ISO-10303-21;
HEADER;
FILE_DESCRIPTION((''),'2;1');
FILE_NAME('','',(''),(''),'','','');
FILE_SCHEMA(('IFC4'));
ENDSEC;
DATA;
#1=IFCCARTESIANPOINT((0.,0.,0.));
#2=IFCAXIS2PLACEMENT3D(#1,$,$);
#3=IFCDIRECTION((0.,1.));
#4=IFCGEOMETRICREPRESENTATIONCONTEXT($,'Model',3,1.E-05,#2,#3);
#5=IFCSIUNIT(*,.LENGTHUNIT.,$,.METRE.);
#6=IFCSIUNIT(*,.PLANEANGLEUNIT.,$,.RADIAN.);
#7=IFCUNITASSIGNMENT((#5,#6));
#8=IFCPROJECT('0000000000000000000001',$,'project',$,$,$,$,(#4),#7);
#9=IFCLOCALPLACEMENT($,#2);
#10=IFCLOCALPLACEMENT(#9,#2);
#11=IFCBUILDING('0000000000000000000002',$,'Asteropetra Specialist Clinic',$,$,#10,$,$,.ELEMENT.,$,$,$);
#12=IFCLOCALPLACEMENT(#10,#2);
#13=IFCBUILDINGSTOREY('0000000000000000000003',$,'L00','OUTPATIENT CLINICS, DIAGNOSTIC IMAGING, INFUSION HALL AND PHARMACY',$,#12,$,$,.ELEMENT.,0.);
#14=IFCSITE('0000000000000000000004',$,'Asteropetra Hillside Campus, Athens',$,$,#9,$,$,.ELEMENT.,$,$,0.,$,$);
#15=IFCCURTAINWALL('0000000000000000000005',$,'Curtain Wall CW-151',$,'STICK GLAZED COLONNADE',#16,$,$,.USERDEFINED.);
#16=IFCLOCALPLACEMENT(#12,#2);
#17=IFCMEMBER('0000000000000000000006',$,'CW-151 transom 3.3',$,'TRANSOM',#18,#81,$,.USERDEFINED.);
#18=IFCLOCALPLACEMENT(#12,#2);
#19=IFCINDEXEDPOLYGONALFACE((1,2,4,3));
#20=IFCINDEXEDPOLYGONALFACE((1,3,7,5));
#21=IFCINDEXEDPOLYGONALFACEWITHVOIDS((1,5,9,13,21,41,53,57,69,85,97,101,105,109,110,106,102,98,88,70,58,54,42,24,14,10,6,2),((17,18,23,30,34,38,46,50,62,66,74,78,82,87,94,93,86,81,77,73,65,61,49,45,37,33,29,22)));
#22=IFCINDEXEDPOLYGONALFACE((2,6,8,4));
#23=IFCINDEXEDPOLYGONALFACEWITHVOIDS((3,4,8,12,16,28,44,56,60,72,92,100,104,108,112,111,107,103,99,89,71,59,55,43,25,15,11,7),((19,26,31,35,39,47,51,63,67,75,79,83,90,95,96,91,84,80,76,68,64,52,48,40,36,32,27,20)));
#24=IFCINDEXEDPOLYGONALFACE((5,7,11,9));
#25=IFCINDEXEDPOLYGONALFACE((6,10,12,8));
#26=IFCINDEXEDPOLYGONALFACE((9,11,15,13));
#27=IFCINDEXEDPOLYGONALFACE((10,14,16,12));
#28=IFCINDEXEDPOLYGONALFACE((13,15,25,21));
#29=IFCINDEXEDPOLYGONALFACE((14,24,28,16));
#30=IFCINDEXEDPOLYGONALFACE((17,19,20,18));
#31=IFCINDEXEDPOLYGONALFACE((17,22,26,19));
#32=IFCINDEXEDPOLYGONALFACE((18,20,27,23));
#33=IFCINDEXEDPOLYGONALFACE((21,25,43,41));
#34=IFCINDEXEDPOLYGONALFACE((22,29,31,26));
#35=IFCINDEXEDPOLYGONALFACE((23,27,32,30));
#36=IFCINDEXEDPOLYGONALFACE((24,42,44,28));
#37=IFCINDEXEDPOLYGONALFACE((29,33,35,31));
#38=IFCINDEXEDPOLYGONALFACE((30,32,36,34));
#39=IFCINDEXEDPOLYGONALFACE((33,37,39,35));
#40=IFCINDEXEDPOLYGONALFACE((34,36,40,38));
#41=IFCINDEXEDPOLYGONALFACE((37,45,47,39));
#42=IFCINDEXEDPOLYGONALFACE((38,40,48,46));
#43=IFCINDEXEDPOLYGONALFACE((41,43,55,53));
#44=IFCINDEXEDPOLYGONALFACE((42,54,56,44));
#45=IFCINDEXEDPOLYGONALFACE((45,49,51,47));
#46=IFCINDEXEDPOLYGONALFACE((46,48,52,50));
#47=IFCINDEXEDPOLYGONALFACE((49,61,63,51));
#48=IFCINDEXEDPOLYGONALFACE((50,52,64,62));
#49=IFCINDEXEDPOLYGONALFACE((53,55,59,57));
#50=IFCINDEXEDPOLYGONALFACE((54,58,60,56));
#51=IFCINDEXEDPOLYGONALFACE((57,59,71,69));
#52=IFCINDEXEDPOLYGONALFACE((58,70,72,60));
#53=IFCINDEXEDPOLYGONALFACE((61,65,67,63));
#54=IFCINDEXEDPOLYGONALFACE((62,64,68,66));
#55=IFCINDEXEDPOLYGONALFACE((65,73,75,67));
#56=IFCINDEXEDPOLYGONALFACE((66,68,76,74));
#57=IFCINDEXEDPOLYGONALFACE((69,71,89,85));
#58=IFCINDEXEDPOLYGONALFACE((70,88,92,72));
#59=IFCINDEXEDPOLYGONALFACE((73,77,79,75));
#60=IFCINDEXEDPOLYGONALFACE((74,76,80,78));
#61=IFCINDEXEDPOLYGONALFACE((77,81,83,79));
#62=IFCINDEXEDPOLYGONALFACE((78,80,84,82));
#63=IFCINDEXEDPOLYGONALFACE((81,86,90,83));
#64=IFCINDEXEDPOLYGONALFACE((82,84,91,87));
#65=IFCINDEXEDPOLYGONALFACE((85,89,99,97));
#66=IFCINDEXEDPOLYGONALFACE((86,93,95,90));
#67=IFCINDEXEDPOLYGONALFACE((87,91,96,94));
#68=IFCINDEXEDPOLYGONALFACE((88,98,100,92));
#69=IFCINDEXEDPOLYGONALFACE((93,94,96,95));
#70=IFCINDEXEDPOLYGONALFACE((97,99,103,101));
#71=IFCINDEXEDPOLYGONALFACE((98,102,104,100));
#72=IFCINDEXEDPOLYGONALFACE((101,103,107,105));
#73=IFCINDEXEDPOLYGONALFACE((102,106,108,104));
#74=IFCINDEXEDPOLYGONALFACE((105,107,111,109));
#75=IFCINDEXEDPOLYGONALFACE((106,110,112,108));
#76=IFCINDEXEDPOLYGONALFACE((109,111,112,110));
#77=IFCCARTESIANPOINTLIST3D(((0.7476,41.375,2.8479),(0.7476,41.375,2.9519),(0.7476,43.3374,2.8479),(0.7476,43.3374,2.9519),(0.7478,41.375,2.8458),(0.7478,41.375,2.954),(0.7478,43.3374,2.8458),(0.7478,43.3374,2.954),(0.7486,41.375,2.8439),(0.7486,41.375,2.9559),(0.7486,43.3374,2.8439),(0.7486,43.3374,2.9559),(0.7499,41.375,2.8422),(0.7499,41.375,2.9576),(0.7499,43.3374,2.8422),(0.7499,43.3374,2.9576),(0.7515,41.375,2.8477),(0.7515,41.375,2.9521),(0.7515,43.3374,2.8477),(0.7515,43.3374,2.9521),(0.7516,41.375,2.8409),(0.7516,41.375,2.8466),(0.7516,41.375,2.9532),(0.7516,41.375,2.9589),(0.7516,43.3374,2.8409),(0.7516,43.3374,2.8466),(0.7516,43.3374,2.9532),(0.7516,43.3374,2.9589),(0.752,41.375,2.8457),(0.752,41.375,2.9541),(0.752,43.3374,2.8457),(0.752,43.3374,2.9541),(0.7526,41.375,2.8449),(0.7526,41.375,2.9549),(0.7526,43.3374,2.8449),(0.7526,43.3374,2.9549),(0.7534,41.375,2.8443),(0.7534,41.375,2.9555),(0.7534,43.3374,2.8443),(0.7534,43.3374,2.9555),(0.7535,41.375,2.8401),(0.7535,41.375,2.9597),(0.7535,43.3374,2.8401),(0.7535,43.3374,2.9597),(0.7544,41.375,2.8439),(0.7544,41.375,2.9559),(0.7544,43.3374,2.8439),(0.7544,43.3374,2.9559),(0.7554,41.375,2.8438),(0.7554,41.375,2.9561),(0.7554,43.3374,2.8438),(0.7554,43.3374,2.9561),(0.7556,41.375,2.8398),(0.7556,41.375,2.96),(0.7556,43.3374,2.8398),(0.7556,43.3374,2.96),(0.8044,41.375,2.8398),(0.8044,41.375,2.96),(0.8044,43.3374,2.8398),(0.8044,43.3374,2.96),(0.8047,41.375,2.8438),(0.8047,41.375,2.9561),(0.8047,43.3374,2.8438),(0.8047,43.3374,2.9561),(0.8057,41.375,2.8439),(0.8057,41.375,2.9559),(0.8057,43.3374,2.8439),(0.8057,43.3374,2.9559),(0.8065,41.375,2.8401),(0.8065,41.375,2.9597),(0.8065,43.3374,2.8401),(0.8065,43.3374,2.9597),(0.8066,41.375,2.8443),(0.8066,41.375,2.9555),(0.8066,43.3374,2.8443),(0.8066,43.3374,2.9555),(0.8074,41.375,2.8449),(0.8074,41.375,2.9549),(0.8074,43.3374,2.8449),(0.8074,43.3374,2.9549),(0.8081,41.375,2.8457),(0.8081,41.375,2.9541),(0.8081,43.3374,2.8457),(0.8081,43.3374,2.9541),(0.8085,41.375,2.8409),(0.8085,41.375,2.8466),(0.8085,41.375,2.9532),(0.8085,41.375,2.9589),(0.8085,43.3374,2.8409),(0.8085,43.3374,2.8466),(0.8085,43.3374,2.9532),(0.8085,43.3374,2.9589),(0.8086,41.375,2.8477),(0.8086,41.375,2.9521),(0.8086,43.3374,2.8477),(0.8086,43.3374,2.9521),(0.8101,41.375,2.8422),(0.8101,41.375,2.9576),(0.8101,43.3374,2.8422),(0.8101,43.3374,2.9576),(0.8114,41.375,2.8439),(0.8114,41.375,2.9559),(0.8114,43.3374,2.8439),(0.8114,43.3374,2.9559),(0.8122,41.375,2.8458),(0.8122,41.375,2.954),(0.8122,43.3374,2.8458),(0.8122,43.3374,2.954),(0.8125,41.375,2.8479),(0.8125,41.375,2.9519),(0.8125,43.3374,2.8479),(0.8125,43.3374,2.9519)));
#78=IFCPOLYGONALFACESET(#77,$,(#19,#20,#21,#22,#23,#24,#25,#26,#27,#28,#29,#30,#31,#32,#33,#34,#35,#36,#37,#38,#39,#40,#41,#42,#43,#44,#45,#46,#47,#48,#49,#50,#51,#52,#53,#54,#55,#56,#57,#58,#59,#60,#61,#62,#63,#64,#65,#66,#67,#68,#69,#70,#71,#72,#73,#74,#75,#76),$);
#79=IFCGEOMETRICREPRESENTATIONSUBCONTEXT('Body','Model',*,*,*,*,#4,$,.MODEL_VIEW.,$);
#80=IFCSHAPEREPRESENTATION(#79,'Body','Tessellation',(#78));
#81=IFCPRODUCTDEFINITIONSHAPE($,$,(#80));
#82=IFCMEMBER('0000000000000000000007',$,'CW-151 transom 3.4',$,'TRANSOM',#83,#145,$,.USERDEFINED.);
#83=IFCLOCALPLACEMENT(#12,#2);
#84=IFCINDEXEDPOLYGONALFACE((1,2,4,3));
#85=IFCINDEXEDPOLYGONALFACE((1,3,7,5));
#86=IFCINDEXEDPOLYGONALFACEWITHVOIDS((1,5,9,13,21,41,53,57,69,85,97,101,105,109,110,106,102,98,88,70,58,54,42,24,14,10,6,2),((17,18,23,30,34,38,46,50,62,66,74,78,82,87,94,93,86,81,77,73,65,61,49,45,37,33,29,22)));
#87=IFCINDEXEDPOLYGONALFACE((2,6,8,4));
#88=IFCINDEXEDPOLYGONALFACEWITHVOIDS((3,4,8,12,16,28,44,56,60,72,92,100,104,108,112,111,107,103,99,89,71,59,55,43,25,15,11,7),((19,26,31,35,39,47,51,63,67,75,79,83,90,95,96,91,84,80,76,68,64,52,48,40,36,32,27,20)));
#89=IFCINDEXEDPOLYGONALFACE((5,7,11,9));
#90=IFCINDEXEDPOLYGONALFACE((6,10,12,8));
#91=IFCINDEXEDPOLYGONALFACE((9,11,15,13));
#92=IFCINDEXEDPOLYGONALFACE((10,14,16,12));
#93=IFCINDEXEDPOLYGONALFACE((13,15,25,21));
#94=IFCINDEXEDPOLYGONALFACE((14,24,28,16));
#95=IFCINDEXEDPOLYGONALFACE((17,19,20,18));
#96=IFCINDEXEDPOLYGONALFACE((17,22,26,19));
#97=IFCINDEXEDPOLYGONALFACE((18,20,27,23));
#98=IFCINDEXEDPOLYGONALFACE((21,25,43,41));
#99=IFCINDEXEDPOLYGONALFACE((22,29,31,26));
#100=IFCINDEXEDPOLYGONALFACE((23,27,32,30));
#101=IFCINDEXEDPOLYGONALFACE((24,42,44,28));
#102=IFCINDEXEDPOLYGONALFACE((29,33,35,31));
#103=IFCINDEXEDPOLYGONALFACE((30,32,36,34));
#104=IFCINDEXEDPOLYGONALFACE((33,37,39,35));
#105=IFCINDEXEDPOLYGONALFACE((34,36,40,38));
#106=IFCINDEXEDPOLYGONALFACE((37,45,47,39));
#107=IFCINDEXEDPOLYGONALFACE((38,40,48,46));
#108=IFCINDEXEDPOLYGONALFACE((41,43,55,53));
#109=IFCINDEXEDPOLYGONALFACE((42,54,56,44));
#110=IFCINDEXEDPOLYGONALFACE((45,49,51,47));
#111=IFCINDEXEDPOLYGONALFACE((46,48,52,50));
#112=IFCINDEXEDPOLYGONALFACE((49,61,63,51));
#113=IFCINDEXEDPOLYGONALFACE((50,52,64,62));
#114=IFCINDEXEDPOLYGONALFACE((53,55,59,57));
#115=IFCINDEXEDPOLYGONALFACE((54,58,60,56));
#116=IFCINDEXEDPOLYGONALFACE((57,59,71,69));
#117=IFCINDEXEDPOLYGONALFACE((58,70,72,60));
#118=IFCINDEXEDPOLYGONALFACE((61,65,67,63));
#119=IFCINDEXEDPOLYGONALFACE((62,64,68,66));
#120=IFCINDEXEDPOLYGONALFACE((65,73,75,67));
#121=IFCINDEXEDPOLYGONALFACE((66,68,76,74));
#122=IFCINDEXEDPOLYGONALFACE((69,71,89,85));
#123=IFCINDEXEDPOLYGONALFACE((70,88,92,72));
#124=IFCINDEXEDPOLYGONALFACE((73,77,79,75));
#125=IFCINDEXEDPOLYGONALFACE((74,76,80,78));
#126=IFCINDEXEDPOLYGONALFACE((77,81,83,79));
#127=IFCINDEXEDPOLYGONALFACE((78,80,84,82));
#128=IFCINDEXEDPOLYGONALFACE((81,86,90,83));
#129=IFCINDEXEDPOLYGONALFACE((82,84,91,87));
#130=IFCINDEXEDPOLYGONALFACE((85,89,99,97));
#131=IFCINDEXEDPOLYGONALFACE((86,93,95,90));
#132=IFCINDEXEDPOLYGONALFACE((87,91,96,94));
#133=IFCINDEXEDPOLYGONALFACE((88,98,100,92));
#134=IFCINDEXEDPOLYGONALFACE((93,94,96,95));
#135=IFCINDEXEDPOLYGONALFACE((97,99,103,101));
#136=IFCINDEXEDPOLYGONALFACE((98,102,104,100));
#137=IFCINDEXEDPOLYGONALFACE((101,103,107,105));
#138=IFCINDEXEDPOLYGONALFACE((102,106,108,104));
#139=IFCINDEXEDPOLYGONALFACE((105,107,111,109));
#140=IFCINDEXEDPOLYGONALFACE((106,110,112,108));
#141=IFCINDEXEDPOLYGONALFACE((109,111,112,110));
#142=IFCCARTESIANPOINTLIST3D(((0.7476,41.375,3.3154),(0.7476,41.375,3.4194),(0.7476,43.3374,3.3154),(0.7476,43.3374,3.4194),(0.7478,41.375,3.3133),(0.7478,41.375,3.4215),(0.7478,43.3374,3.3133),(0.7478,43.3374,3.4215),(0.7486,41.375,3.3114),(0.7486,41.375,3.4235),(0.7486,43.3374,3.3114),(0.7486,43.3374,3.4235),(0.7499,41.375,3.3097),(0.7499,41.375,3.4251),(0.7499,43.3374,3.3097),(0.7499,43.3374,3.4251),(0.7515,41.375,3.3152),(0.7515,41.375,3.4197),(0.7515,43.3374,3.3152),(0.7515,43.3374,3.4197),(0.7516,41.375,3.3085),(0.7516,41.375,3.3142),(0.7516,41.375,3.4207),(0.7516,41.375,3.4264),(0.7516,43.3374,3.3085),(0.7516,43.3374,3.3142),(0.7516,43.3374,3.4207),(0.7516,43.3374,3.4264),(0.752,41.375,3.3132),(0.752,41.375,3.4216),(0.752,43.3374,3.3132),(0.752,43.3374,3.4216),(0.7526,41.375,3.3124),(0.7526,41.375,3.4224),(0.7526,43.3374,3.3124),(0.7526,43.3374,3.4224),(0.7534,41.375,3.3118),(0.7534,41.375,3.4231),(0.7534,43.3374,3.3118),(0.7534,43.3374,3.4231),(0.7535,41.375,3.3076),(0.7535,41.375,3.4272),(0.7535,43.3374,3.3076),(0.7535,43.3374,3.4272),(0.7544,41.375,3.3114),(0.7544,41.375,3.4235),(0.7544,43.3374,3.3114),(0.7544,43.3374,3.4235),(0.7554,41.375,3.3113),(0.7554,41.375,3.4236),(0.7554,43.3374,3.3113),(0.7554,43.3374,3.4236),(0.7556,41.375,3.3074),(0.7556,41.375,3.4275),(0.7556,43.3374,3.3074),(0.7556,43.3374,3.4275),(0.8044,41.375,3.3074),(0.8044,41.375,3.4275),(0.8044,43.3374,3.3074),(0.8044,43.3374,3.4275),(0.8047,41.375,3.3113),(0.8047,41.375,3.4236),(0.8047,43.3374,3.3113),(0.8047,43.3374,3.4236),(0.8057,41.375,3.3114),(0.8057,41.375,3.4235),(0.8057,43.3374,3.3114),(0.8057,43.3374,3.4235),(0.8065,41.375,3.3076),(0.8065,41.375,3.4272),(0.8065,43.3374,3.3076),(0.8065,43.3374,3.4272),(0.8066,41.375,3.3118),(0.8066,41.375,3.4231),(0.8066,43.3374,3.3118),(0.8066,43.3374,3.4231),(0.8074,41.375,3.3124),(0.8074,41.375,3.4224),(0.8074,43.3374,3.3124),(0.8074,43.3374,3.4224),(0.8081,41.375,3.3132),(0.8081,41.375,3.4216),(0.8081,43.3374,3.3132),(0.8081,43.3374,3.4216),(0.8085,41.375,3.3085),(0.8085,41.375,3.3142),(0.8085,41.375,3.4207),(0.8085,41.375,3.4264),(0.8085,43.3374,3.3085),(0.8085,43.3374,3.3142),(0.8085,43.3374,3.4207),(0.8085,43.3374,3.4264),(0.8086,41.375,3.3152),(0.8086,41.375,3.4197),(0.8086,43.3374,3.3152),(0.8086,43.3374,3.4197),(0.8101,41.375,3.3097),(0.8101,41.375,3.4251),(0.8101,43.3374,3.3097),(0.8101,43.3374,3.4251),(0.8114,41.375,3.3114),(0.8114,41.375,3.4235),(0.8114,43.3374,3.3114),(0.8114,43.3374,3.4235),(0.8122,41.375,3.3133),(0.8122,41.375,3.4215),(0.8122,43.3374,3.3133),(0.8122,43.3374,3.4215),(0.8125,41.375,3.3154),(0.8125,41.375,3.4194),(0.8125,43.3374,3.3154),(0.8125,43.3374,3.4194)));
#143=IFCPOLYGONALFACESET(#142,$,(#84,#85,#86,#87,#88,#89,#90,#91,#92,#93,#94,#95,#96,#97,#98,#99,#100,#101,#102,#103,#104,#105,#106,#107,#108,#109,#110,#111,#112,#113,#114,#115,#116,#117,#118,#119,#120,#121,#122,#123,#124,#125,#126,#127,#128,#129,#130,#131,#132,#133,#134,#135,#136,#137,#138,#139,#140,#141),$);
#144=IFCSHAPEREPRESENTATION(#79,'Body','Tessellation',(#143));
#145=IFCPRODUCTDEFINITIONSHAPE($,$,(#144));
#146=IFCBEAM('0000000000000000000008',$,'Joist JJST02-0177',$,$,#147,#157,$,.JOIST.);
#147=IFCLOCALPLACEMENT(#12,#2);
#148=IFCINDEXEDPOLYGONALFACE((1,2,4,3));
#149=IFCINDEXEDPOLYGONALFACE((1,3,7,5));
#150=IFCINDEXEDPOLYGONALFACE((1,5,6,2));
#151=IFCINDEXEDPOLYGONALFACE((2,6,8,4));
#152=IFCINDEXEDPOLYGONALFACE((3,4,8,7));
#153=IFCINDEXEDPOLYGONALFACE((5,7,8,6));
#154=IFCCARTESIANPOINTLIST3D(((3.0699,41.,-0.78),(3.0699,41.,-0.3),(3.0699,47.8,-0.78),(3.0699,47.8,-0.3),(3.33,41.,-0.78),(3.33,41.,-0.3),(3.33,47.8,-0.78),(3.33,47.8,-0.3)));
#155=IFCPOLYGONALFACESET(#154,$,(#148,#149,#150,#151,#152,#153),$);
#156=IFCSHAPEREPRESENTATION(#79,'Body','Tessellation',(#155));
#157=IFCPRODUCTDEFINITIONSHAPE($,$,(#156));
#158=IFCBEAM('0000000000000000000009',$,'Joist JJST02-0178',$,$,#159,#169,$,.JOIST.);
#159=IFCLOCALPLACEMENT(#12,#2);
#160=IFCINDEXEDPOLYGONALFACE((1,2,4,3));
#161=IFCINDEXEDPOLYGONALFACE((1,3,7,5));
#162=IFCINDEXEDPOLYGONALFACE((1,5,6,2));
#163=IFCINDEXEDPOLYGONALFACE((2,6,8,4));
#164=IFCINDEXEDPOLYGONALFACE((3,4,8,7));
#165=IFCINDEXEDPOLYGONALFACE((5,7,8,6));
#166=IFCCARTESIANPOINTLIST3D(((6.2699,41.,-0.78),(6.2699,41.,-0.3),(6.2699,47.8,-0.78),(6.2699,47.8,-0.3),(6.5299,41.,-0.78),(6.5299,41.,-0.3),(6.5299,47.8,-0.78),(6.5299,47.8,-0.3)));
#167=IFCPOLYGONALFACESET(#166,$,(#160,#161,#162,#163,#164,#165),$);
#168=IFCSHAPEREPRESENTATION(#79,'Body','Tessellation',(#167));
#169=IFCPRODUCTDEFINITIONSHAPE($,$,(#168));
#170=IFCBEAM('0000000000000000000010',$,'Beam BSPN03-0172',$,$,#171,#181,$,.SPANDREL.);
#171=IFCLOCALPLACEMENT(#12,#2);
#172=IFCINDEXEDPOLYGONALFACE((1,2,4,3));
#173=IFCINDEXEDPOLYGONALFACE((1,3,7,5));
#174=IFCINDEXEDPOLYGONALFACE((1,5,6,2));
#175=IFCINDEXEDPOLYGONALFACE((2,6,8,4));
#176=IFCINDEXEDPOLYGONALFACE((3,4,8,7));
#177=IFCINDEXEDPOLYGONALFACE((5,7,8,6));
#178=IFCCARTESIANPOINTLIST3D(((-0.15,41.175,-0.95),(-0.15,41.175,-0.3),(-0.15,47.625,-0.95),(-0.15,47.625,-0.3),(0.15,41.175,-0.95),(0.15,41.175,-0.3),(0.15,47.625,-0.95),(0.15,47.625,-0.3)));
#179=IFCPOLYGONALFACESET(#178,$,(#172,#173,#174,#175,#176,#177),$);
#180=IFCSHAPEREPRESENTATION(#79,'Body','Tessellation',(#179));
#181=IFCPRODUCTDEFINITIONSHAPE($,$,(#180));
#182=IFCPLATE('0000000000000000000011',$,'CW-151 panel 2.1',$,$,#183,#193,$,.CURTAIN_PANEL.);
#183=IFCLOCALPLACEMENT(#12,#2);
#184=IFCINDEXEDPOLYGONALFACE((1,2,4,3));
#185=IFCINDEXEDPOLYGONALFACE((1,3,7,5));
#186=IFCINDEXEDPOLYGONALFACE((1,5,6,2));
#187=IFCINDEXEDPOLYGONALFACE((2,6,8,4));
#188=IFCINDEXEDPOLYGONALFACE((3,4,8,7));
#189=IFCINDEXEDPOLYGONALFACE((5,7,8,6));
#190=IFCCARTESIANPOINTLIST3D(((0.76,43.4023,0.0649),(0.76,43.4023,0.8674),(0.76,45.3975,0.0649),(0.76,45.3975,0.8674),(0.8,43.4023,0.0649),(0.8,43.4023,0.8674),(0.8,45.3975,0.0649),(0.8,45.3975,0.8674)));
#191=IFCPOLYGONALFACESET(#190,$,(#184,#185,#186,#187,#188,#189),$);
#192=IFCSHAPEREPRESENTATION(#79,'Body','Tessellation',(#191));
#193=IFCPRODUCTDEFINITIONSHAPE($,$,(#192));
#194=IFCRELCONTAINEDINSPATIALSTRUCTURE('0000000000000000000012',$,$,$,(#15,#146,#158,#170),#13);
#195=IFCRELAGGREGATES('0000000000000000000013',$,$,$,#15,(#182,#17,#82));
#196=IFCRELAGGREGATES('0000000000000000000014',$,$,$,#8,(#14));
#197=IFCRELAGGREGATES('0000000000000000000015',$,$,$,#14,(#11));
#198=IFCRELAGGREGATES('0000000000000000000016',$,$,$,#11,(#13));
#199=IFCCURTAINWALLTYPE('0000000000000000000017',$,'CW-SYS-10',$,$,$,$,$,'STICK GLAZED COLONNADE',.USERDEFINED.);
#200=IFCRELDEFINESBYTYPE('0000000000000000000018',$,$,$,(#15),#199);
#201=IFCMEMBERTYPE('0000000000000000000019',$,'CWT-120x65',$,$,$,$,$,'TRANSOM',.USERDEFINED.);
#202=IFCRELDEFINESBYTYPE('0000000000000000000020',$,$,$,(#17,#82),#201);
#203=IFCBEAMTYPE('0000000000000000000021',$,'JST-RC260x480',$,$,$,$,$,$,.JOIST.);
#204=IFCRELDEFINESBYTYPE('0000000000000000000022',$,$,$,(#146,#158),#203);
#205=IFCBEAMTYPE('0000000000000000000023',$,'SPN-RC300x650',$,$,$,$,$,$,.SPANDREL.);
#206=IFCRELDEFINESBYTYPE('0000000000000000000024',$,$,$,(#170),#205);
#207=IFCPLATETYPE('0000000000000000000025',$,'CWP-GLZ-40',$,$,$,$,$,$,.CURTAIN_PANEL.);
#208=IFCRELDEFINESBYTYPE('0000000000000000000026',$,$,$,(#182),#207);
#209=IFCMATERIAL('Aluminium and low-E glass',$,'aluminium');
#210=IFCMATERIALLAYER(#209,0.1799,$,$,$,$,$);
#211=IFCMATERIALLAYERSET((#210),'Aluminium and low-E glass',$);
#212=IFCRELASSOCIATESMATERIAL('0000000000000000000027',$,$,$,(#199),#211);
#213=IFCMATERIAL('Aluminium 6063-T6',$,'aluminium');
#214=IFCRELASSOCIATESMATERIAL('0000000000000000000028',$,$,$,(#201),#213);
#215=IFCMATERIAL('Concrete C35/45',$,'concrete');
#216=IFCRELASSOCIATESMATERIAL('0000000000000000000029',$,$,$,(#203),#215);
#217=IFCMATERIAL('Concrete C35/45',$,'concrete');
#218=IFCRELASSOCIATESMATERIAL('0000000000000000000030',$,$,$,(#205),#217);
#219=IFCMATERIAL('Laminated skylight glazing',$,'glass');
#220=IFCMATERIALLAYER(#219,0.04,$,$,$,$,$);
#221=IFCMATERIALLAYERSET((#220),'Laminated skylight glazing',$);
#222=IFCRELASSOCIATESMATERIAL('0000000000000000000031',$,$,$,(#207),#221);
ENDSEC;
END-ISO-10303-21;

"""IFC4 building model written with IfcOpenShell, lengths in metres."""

from ifc_helpers import new_model, si_unit, direction, frame, origin, origin_2d, place, context, subcontext, project, spatial, rectangle, hollow_rectangle, extrude, material, layer, layer_set, material_profile, profile_set, type_object, element, aggregate, save


model = new_model("IFC4")

# Units and contexts
model_context = context("Model", 3, precision=1e-05, world=origin(), true_north=direction((0.0, 1.0)))
body_context = subcontext(model_context, "Body", "Model", "MODEL_VIEW")
ifc_project = project(units=[si_unit("LENGTHUNIT", "METRE"), si_unit("PLANEANGLEUNIT", "RADIAN")], contexts=[model_context])

# Site, building, storey
site_placement = place(None, origin())
site = spatial("IfcSite", under=ifc_project, at=site_placement, Name="Asteropetra Hillside Campus, Athens", CompositionType="ELEMENT", RefElevation=0.0)
building_placement = place(site_placement, origin())
building = spatial("IfcBuilding", under=site, at=building_placement, Name="Asteropetra Specialist Clinic", CompositionType="ELEMENT")
storey_placement = place(building_placement, origin())
storey = spatial("IfcBuildingStorey", under=building, at=storey_placement, Name="L00", Description="OUTPATIENT CLINICS, DIAGNOSTIC IMAGING, INFUSION HALL AND PHARMACY", CompositionType="ELEMENT", Elevation=0.0)

# Curtain wall, members
ifc_material_1 = material(Name="Aluminium and low-E glass", Category="aluminium")
ifc_layer_1 = layer(ifc_material_1, 0.1799)
ifc_layer_set_1 = layer_set([ifc_layer_1], Name="Aluminium and low-E glass")
curtain_wall_type = type_object("IfcCurtainWallType", Name="CW-SYS-10", ElementType="STICK GLAZED COLONNADE", PredefinedType="USERDEFINED", material=ifc_layer_set_1)
curtain_wall_placement = place(storey_placement, origin())
curtain_wall = element("IfcCurtainWall", 1, at=curtain_wall_placement, inside=storey, type_object=curtain_wall_type, Name="Curtain Wall CW-151", ObjectType="STICK GLAZED COLONNADE", PredefinedType="USERDEFINED")
ifc_material_2 = material(Name="Aluminium 6063-T6", Category="aluminium")
ifc_material_profile_1 = material_profile(ifc_material_2, hollow_rectangle(XDim=0.0649, YDim=0.1201, WallThickness=0.0039, InnerFilletRadius=0.0039, OuterFilletRadius=0.0081, at=origin_2d()), Name="TRN 120x65x4.0")
ifc_profile_set_1 = profile_set([ifc_material_profile_1], Name="Aluminium 6063-T6")
member_type_1 = type_object("IfcMemberType", Name="CWT-120x65", ElementType="TRANSOM", PredefinedType="USERDEFINED", material=ifc_profile_set_1)
member_1_placement = place(storey_placement, frame((0.78, 43.3374, 2.8999), z_axis=(0.0, -1.0, 0.0), x_axis=(1.0, 0.0, 0.0)))
member_1 = element("IfcMember", 2, at=member_1_placement, type_object=member_type_1, Name="CW-151 transom 3.3", ObjectType="TRANSOM", PredefinedType="USERDEFINED", context=body_context, shape_type="SweptSolid", body=[
    extrude(hollow_rectangle(XDim=0.0649, YDim=0.1201, WallThickness=0.0039, InnerFilletRadius=0.0039, OuterFilletRadius=0.0081, at=origin_2d()), origin(), (0.0, 0.0, 1.0), 1.9624),
])
member_2_placement = place(storey_placement, frame((0.78, 43.3374, 3.3674), z_axis=(0.0, -1.0, 0.0), x_axis=(1.0, 0.0, 0.0)))
member_2 = element("IfcMember", 3, at=member_2_placement, type_object=member_type_1, Name="CW-151 transom 3.4", ObjectType="TRANSOM", PredefinedType="USERDEFINED", context=body_context, shape_type="SweptSolid", body=[
    extrude(hollow_rectangle(XDim=0.0649, YDim=0.1201, WallThickness=0.0039, InnerFilletRadius=0.0039, OuterFilletRadius=0.0081, at=origin_2d()), origin(), (0.0, 0.0, 1.0), 1.9624),
])

# Beams
ifc_material_3 = material(Name="Concrete C35/45", Category="concrete")
ifc_material_profile_2 = material_profile(ifc_material_3, rectangle(XDim=0.26, YDim=0.48, at=origin_2d()), Name="RCJ 260x480")
ifc_profile_set_2 = profile_set([ifc_material_profile_2], Name="Concrete C35/45")
beam_type_1 = type_object("IfcBeamType", Name="JST-RC260x480", PredefinedType="JOIST", material=ifc_profile_set_2)
for number, where, z_axis, x_axis, name in (
    (4, (3.2, 41.0, -0.54), (0.0, 1.0, 0.0), (-1.0, 0.0, 0.0), "Joist JJST02-0177"),
    (5, (6.3999, 41.0, -0.54), (0.0, 1.0, 0.0), (-1.0, 0.0, 0.0), "Joist JJST02-0178"),
):
    element("IfcBeam", number, at=place(storey_placement, frame(where, z_axis=z_axis, x_axis=x_axis)), inside=storey, type_object=beam_type_1, Name=name, PredefinedType="JOIST", context=body_context, shape_type="SweptSolid", body=[
        extrude(rectangle(XDim=0.26, YDim=0.48, at=origin_2d()), origin(), (0.0, 0.0, 1.0), 6.8),
    ])
ifc_material_4 = material(Name="Concrete C35/45", Category="concrete")
ifc_material_profile_3 = material_profile(ifc_material_4, rectangle(XDim=0.3, YDim=0.6499, at=origin_2d()), Name="RCS 300x650")
ifc_profile_set_3 = profile_set([ifc_material_profile_3], Name="Concrete C35/45")
beam_type_2 = type_object("IfcBeamType", Name="SPN-RC300x650", PredefinedType="SPANDREL", material=ifc_profile_set_3)
beam_1_placement = place(storey_placement, frame((0.0, 41.175, -0.625), z_axis=(0.0, 1.0, 0.0), x_axis=(-1.0, 0.0, 0.0)))
element("IfcBeam", 6, at=beam_1_placement, inside=storey, type_object=beam_type_2, Name="Beam BSPN03-0172", PredefinedType="SPANDREL", context=body_context, shape_type="SweptSolid", body=[
    extrude(rectangle(XDim=0.3, YDim=0.6499, at=origin_2d()), origin(), (0.0, 0.0, 1.0), 6.45),
])

# Plate
ifc_material_5 = material(Name="Laminated skylight glazing", Category="glass")
ifc_layer_2 = layer(ifc_material_5, 0.04)
ifc_layer_set_2 = layer_set([ifc_layer_2], Name="Laminated skylight glazing")
plate_type = type_object("IfcPlateType", Name="CWP-GLZ-40", PredefinedType="CURTAIN_PANEL", material=ifc_layer_set_2)
plate_1_placement = place(storey_placement, frame((0.78, 44.3999, 0.0649), z_axis=(0.0, 0.0, 1.0), x_axis=(0.0, -1.0, 0.0)))
plate_1 = element("IfcPlate", 7, at=plate_1_placement, type_object=plate_type, Name="CW-151 panel 2.1", PredefinedType="CURTAIN_PANEL", context=body_context, shape_type="SweptSolid", body=[
    extrude(rectangle(XDim=1.9951, YDim=0.04, at=origin_2d()), origin(), (0.0, 0.0, 1.0), 0.8025),
])
aggregate(curtain_wall, [plate_1, member_1, member_2])

save(model, "model.ifc")
